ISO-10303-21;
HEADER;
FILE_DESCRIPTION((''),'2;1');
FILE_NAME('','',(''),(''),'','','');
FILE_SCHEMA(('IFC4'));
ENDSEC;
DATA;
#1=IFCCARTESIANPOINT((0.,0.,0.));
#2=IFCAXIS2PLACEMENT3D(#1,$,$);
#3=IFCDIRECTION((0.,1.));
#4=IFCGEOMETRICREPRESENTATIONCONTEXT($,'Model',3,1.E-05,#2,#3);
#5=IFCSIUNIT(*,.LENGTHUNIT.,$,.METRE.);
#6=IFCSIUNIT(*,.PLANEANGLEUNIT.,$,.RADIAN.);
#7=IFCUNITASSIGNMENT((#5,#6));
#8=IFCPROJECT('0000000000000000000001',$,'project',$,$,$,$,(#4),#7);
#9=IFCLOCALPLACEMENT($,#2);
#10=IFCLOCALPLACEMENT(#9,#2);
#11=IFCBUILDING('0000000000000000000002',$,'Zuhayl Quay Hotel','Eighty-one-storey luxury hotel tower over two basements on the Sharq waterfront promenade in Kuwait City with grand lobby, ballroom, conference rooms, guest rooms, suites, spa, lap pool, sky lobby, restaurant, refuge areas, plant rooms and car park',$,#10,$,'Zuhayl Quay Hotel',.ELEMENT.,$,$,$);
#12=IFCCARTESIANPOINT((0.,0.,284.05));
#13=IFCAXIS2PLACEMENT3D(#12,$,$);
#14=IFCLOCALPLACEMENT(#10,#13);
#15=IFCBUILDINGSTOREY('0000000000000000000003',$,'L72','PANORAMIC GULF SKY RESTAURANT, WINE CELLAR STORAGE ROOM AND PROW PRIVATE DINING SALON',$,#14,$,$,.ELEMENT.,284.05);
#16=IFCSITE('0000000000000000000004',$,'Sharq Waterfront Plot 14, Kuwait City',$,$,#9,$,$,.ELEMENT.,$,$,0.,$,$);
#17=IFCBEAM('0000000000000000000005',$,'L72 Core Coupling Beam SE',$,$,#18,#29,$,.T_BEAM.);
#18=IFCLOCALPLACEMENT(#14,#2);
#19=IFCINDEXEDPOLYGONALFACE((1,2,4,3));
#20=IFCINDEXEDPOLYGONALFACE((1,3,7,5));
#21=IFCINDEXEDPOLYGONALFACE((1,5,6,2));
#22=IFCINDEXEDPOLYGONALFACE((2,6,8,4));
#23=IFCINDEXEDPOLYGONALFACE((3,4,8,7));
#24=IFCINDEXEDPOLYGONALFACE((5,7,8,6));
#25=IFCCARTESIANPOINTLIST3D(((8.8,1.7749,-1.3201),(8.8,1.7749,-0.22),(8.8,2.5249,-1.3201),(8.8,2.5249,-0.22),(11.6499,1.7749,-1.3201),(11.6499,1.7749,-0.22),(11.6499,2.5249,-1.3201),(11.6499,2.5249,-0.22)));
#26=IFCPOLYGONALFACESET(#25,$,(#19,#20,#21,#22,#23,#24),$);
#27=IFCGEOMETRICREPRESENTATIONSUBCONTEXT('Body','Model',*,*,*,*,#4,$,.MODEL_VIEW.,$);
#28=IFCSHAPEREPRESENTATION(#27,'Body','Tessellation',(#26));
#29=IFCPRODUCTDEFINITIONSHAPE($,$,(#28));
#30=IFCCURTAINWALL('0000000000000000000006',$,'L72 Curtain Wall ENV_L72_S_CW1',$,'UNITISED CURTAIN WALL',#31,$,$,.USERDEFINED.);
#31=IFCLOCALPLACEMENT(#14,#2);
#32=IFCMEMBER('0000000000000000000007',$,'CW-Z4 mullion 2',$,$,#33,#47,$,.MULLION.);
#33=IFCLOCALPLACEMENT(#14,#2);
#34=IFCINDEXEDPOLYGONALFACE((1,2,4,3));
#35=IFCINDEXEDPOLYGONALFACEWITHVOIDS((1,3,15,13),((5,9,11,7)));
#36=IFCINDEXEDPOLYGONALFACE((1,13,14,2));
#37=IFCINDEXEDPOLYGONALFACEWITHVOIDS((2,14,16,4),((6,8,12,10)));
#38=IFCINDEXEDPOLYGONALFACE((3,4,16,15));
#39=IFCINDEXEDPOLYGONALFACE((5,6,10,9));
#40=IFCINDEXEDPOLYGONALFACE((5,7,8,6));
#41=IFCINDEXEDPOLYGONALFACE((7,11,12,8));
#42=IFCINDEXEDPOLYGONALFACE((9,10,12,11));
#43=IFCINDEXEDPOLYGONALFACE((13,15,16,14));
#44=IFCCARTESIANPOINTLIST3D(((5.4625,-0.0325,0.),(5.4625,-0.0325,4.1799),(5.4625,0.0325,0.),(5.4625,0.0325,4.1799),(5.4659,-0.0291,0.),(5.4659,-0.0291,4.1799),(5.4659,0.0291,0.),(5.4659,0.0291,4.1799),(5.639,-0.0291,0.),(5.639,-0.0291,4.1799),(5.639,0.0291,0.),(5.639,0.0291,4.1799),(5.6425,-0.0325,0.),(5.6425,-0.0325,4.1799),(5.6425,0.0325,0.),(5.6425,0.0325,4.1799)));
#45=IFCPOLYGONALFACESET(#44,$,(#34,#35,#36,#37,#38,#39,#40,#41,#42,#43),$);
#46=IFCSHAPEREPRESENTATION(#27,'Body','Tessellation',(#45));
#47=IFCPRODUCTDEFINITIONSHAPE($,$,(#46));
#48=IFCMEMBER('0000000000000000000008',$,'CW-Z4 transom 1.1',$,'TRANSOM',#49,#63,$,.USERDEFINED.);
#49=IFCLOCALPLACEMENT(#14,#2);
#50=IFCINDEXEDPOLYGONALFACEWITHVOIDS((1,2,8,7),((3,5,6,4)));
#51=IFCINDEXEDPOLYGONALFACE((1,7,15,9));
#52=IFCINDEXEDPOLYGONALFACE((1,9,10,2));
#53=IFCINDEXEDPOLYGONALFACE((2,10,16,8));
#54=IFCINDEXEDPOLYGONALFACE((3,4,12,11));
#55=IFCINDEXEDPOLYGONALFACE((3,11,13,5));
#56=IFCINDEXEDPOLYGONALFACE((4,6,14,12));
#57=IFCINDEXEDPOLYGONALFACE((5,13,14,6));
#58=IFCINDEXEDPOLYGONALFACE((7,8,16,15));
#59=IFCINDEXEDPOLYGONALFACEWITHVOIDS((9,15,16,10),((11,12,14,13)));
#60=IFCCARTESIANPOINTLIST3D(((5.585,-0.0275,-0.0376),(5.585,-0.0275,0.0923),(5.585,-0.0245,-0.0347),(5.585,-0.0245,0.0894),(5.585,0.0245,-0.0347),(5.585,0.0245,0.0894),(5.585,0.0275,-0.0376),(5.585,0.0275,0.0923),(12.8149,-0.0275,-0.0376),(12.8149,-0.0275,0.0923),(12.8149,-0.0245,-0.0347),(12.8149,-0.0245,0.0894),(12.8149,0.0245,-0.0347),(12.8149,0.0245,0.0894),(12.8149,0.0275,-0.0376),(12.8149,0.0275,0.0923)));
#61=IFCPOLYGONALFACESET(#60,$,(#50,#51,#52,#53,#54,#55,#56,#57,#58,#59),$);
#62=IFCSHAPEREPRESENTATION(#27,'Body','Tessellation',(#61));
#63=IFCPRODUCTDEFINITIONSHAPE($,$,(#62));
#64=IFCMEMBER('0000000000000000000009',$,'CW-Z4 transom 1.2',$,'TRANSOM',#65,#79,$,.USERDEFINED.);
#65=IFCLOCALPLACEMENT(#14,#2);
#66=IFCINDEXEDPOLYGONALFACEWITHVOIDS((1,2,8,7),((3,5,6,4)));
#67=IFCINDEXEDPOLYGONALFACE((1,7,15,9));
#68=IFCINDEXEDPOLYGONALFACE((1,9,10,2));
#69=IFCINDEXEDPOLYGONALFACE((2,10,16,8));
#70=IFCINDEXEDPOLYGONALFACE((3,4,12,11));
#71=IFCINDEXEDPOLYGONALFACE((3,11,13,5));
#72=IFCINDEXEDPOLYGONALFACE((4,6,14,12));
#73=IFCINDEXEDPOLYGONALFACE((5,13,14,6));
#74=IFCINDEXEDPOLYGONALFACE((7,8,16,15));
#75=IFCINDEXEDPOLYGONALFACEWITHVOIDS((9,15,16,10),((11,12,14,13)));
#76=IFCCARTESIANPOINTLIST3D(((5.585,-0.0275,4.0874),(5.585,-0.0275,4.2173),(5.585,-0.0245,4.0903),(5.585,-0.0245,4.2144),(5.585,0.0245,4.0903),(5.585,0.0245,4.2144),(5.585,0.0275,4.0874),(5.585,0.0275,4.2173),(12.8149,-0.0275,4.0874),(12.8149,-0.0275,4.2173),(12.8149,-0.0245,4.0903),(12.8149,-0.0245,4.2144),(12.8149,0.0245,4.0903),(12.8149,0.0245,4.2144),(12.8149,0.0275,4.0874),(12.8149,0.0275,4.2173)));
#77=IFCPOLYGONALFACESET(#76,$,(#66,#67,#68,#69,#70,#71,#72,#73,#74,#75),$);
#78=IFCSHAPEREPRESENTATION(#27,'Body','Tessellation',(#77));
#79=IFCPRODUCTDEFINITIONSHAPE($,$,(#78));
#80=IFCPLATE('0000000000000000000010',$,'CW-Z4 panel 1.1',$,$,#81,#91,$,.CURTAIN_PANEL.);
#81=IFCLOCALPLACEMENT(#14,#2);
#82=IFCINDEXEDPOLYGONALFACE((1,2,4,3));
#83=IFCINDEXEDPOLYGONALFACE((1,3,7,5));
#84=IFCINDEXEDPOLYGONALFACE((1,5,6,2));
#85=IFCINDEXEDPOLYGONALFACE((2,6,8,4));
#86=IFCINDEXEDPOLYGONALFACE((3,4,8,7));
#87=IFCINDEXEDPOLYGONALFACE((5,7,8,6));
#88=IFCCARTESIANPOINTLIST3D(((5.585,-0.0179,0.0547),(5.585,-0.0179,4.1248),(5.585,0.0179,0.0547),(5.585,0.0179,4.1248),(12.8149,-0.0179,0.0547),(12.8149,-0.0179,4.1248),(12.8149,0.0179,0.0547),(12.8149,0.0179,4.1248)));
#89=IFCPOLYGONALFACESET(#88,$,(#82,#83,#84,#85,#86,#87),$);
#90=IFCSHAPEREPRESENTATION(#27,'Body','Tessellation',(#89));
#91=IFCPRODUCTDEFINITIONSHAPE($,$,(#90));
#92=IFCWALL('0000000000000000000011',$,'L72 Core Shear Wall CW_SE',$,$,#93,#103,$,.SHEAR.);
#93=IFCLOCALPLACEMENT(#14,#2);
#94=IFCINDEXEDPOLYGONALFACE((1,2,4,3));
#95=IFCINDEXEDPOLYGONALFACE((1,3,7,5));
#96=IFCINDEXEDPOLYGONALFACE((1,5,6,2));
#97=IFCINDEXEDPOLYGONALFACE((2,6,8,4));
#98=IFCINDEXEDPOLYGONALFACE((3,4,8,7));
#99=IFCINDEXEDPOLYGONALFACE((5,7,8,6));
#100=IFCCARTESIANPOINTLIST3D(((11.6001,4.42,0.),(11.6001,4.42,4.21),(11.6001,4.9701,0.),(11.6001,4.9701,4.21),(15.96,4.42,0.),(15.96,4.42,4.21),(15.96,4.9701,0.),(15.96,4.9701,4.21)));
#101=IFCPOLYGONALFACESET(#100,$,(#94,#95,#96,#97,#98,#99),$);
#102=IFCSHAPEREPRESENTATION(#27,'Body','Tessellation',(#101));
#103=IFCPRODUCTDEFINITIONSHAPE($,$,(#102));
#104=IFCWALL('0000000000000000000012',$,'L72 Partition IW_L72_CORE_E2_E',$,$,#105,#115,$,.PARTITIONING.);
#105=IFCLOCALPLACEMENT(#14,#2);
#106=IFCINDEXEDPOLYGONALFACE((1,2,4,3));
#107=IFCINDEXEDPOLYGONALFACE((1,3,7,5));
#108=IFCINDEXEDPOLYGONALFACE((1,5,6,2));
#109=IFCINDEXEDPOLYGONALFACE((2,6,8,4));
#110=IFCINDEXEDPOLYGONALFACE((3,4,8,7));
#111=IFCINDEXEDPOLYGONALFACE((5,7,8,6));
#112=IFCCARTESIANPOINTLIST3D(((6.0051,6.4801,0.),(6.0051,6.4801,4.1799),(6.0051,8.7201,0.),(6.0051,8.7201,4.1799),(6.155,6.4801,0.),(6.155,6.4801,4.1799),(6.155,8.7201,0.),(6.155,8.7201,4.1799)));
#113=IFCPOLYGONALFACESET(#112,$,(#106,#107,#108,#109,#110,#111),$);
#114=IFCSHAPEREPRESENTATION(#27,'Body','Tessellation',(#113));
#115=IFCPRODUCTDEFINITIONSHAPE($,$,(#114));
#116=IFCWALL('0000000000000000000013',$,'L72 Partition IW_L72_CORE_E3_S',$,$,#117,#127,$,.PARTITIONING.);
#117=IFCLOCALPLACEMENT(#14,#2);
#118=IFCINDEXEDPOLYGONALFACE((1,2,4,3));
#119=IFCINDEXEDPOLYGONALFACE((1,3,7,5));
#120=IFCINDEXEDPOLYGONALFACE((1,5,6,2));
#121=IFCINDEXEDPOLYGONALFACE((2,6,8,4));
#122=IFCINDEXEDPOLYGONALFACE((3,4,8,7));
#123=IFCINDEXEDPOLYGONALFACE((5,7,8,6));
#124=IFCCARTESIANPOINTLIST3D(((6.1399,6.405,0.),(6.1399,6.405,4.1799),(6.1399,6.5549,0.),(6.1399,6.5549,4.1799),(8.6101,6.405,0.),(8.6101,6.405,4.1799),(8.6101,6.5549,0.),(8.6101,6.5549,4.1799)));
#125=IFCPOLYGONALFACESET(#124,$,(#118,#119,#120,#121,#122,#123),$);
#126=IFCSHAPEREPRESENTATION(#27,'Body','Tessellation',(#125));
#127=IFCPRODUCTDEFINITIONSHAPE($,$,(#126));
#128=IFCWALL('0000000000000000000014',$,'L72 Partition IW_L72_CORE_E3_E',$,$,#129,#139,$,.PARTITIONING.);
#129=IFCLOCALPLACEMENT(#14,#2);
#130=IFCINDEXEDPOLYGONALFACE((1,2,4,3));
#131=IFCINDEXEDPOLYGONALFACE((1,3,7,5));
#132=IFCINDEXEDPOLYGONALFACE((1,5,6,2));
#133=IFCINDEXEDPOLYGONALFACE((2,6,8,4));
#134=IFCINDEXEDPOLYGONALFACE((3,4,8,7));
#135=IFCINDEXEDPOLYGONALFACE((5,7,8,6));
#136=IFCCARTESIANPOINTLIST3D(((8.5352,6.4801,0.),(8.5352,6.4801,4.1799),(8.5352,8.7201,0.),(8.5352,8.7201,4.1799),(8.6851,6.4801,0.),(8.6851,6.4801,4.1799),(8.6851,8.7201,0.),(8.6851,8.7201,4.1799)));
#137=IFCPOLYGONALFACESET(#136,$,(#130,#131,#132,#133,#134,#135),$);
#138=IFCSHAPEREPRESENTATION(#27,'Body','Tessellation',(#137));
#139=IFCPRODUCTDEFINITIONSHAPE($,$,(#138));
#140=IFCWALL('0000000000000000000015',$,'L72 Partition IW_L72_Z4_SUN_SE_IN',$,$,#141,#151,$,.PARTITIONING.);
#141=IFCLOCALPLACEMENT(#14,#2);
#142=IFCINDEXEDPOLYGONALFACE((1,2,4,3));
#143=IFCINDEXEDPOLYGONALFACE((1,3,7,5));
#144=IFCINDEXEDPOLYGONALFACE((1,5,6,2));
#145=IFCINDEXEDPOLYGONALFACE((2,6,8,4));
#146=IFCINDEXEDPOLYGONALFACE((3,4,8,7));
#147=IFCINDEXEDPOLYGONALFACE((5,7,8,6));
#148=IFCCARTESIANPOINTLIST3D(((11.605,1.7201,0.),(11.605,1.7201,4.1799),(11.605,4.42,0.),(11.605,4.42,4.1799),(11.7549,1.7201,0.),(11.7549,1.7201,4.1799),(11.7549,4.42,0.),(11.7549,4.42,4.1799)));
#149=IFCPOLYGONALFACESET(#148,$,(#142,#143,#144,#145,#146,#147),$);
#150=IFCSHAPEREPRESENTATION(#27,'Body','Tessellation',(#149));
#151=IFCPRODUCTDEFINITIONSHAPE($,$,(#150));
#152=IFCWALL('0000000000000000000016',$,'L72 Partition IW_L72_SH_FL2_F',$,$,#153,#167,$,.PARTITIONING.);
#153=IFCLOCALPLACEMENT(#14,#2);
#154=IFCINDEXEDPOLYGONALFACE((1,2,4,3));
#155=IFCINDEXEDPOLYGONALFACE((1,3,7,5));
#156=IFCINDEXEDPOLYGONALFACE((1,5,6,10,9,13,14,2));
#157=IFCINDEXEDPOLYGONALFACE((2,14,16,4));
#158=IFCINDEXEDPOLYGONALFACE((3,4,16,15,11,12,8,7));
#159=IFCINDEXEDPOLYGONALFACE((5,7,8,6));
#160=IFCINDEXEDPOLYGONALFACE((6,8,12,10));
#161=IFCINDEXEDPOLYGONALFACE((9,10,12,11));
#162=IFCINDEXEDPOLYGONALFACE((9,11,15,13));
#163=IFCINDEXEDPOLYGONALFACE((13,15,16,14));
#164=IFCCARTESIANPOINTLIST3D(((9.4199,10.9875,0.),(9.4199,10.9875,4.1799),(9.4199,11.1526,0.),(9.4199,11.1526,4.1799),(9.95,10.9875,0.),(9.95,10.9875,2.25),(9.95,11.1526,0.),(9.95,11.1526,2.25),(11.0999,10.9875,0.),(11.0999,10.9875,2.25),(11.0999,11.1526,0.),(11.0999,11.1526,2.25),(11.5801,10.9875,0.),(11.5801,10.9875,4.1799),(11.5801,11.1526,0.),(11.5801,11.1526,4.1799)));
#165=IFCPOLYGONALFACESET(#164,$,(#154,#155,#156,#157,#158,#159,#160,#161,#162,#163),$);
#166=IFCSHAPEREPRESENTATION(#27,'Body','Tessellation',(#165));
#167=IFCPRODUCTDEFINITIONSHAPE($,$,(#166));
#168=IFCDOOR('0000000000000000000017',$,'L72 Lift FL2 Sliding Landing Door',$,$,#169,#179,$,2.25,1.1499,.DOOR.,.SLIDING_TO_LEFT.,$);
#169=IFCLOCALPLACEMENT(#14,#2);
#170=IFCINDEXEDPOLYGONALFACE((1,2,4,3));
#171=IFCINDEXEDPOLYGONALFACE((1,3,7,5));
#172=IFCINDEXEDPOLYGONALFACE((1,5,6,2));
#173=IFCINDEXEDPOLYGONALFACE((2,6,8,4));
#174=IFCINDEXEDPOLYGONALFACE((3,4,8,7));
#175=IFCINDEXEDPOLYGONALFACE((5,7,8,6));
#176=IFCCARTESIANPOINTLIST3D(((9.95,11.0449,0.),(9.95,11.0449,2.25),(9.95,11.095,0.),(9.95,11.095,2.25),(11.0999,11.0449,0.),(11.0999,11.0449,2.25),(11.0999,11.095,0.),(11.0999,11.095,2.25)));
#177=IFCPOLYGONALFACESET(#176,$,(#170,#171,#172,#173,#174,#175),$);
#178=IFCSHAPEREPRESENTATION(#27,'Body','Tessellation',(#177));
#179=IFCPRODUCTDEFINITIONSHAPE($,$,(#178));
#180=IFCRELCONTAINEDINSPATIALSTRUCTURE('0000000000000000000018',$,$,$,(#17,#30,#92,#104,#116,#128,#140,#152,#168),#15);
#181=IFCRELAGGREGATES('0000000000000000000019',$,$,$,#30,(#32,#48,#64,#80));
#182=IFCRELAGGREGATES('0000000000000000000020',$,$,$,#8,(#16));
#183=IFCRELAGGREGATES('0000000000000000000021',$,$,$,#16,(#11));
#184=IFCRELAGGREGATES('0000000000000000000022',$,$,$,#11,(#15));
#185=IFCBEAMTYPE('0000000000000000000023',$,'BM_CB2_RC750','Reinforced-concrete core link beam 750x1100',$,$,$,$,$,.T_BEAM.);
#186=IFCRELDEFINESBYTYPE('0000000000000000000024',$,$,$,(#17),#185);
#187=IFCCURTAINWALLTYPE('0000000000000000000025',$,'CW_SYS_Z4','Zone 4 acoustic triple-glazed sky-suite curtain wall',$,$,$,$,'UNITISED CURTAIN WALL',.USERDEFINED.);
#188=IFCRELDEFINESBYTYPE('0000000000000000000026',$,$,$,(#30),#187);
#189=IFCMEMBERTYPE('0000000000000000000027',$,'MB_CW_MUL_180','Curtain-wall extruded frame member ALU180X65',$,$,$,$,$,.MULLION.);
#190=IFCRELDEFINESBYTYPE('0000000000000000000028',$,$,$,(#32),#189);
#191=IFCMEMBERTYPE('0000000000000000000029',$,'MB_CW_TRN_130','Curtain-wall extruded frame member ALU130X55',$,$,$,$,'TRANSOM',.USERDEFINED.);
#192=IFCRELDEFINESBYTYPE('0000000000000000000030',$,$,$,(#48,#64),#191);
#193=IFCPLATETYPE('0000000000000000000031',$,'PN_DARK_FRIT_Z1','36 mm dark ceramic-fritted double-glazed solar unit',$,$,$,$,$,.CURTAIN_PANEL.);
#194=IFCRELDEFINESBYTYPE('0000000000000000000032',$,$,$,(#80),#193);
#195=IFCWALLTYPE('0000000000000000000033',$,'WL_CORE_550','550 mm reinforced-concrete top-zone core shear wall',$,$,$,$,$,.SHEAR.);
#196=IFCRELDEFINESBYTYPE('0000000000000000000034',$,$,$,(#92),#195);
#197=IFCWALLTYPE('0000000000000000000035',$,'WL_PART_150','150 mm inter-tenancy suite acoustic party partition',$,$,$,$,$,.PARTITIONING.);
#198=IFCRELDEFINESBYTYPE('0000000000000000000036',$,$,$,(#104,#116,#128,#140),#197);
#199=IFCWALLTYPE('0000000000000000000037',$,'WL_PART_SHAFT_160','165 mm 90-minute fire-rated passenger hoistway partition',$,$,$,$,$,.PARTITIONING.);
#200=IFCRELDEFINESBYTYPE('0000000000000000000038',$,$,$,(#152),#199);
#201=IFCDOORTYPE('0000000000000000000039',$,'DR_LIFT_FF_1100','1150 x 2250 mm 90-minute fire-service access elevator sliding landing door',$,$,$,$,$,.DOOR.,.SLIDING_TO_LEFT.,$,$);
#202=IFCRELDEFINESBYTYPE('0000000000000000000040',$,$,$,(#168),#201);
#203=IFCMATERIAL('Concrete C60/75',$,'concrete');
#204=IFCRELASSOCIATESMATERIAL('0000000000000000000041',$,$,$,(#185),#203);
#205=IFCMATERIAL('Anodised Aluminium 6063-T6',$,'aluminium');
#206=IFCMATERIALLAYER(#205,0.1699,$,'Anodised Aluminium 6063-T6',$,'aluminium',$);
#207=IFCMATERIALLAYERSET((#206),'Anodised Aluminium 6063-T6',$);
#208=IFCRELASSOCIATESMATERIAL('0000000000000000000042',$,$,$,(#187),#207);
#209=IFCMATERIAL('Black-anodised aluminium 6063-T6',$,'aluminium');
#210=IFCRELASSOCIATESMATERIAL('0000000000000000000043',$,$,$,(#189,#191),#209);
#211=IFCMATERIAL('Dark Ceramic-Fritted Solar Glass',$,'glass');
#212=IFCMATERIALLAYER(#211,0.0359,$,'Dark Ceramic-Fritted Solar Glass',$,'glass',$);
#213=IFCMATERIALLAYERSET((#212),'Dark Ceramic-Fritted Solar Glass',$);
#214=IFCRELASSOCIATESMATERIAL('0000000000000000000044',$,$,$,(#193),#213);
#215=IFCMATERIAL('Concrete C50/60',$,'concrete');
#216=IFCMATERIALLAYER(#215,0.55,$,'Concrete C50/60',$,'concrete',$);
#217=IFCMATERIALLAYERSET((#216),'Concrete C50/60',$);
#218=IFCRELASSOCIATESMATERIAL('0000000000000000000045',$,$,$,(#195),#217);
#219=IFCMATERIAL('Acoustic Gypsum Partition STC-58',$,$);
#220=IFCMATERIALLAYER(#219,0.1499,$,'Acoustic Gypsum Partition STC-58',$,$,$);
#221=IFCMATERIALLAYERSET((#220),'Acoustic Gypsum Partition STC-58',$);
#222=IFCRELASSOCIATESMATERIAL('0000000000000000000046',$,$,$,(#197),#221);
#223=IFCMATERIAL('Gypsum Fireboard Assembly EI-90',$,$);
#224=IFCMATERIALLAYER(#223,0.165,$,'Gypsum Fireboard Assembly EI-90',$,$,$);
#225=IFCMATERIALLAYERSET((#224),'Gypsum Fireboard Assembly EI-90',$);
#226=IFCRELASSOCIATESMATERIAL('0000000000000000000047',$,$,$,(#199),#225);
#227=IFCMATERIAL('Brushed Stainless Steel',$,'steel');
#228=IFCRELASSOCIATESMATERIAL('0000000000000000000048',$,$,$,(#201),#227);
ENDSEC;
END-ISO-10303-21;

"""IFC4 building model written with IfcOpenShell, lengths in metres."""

from ifc_helpers import new_model, si_unit, direction, frame, frame_2d, origin, origin_2d, place, context, subcontext, project, spatial, rectangle, hollow_rectangle, extrude, material, layer, layer_set, material_profile, profile_set, type_object, element, fill, aggregate, save


model = new_model("IFC4")

# Units and contexts
model_context = context("Model", 3, precision=1e-05, world=origin(), true_north=direction((0.0, 1.0)))
body_context = subcontext(model_context, "Body", "Model", "MODEL_VIEW")
ifc_project = project(units=[si_unit("LENGTHUNIT", "METRE"), si_unit("PLANEANGLEUNIT", "RADIAN")], contexts=[model_context])

# Site, building, storey
site_placement = place(None, origin())
site = spatial("IfcSite", under=ifc_project, at=site_placement, Name="Sharq Waterfront Plot 14, Kuwait City", CompositionType="ELEMENT", RefElevation=0.0)
building_placement = place(site_placement, origin())
building = spatial("IfcBuilding", under=site, at=building_placement, Name="Zuhayl Quay Hotel", Description="Eighty-one-storey luxury hotel tower over two basements on the Sharq waterfront promenade in Kuwait City with grand lobby, ballroom, conference rooms, guest rooms, suites, spa, lap pool, sky lobby, restaurant, refuge areas, plant rooms and car park", LongName="Zuhayl Quay Hotel", CompositionType="ELEMENT")
storey_placement = place(building_placement, frame((0.0, 0.0, 284.05)))
storey = spatial("IfcBuildingStorey", under=building, at=storey_placement, Name="L72", Description="PANORAMIC GULF SKY RESTAURANT, WINE CELLAR STORAGE ROOM AND PROW PRIVATE DINING SALON", CompositionType="ELEMENT", Elevation=284.05)

# Beam
ifc_material_1 = material(Name="Concrete C60/75", Category="concrete")
ifc_material_profile_1 = material_profile(ifc_material_1, rectangle(XDim=0.75, YDim=1.1001, at=origin_2d()), Name="RC750X1100")
ifc_profile_set_1 = profile_set([ifc_material_profile_1], Name="Concrete C60/75")
beam_type = type_object("IfcBeamType", Name="BM_CB2_RC750", Description="Reinforced-concrete core link beam 750x1100", PredefinedType="T_BEAM", material=ifc_profile_set_1)
beam_placement = place(storey_placement, frame((8.8, 2.1499, -0.77), z_axis=(1.0, 0.0, 0.0), x_axis=(0.0, 1.0, 0.0)))
element("IfcBeam", 1, at=beam_placement, inside=storey, type_object=beam_type, Name="L72 Core Coupling Beam SE", PredefinedType="T_BEAM", context=body_context, shape_type="SweptSolid", body=[
    extrude(rectangle(XDim=0.75, YDim=1.1001, at=origin_2d()), origin(), (0.0, 0.0, 1.0), 2.8499),
])

# Curtain wall, members, plate
ifc_material_2 = material(Name="Anodised Aluminium 6063-T6", Category="aluminium")
ifc_layer_1 = layer(ifc_material_2, 0.1699, Name="Anodised Aluminium 6063-T6", Category="aluminium")
ifc_layer_set_1 = layer_set([ifc_layer_1], Name="Anodised Aluminium 6063-T6")
curtain_wall_type = type_object("IfcCurtainWallType", Name="CW_SYS_Z4", Description="Zone 4 acoustic triple-glazed sky-suite curtain wall", ElementType="UNITISED CURTAIN WALL", PredefinedType="USERDEFINED", material=ifc_layer_set_1)
curtain_wall_placement = place(storey_placement, origin())
curtain_wall = element("IfcCurtainWall", 2, at=curtain_wall_placement, inside=storey, type_object=curtain_wall_type, Name="L72 Curtain Wall ENV_L72_S_CW1", ObjectType="UNITISED CURTAIN WALL", PredefinedType="USERDEFINED")
ifc_material_3 = material(Name="Black-anodised aluminium 6063-T6", Category="aluminium")
ifc_material_profile_2 = material_profile(ifc_material_3, hollow_rectangle(XDim=0.0649, YDim=0.1799, WallThickness=0.0034, at=origin_2d()), Name="ALU180X65")
ifc_profile_set_2 = profile_set([ifc_material_profile_2], Name="Black-anodised aluminium 6063-T6")
member_type_1 = type_object("IfcMemberType", Name="MB_CW_MUL_180", Description="Curtain-wall extruded frame member ALU180X65", PredefinedType="MULLION", material=ifc_profile_set_2)
member_1_placement = place(storey_placement, frame((5.5525, 0.0, 0.0), z_axis=(0.0, 0.0, 1.0), x_axis=(0.0, -1.0, 0.0)))
member_1 = element("IfcMember", 3, at=member_1_placement, type_object=member_type_1, Name="CW-Z4 mullion 2", PredefinedType="MULLION", context=body_context, shape_type="SweptSolid", body=[
    extrude(hollow_rectangle(XDim=0.0649, YDim=0.1799, WallThickness=0.0034, at=origin_2d()), origin(), (0.0, 0.0, 1.0), 4.1799),
])
ifc_material_profile_3 = material_profile(ifc_material_3, hollow_rectangle(XDim=0.0549, YDim=0.1299, WallThickness=0.0029, at=origin_2d()), Name="ALU130X55")
ifc_profile_set_3 = profile_set([ifc_material_profile_3], Name="Black-anodised aluminium 6063-T6")
member_type_2 = type_object("IfcMemberType", Name="MB_CW_TRN_130", Description="Curtain-wall extruded frame member ALU130X55", ElementType="TRANSOM", PredefinedType="USERDEFINED", material=ifc_profile_set_3)
member_2_placement = place(storey_placement, frame((12.8149, 0.0, 0.0273), z_axis=(-1.0, 0.0, 0.0), x_axis=(0.0, -1.0, 0.0)))
member_2 = element("IfcMember", 4, at=member_2_placement, type_object=member_type_2, Name="CW-Z4 transom 1.1", ObjectType="TRANSOM", PredefinedType="USERDEFINED", context=body_context, shape_type="SweptSolid", body=[
    extrude(hollow_rectangle(XDim=0.0549, YDim=0.1299, WallThickness=0.0029, at=origin_2d()), origin(), (0.0, 0.0, 1.0), 7.23),
])
member_3_placement = place(storey_placement, frame((12.8149, 0.0, 4.1523), z_axis=(-1.0, 0.0, 0.0), x_axis=(0.0, -1.0, 0.0)))
member_3 = element("IfcMember", 5, at=member_3_placement, type_object=member_type_2, Name="CW-Z4 transom 1.2", ObjectType="TRANSOM", PredefinedType="USERDEFINED", context=body_context, shape_type="SweptSolid", body=[
    extrude(hollow_rectangle(XDim=0.0549, YDim=0.1299, WallThickness=0.0029, at=origin_2d()), origin(), (0.0, 0.0, 1.0), 7.23),
])
ifc_material_4 = material(Name="Dark Ceramic-Fritted Solar Glass", Category="glass")
ifc_layer_2 = layer(ifc_material_4, 0.0359, Name="Dark Ceramic-Fritted Solar Glass", Category="glass")
ifc_layer_set_2 = layer_set([ifc_layer_2], Name="Dark Ceramic-Fritted Solar Glass")
plate_type = type_object("IfcPlateType", Name="PN_DARK_FRIT_Z1", Description="36 mm dark ceramic-fritted double-glazed solar unit", PredefinedType="CURTAIN_PANEL", material=ifc_layer_set_2)
plate_placement = place(storey_placement, frame((9.2, 0.0, 0.0547), z_axis=(0.0, 0.0, 1.0), x_axis=(-1.0, 0.0, 0.0)))
plate = element("IfcPlate", 6, at=plate_placement, type_object=plate_type, Name="CW-Z4 panel 1.1", PredefinedType="CURTAIN_PANEL", context=body_context, shape_type="SweptSolid", body=[
    extrude(rectangle(XDim=7.23, YDim=0.0359, at=origin_2d()), origin(), (0.0, 0.0, 1.0), 4.0701),
])
aggregate(curtain_wall, [member_1, member_2, member_3, plate])

# Wall
ifc_material_5 = material(Name="Concrete C50/60", Category="concrete")
ifc_layer_3 = layer(ifc_material_5, 0.55, Name="Concrete C50/60", Category="concrete")
ifc_layer_set_3 = layer_set([ifc_layer_3], Name="Concrete C50/60")
wall_type_1 = type_object("IfcWallType", Name="WL_CORE_550", Description="550 mm reinforced-concrete top-zone core shear wall", PredefinedType="SHEAR", material=ifc_layer_set_3)
wall_1_placement = place(storey_placement, frame((11.6001, 4.6951, 0.0), z_axis=(0.0, 0.0, 1.0), x_axis=(1.0, 0.0, 0.0)))
element("IfcWall", 7, at=wall_1_placement, inside=storey, type_object=wall_type_1, Name="L72 Core Shear Wall CW_SE", PredefinedType="SHEAR", context=body_context, shape_type="SweptSolid", body=[
    extrude(rectangle(XDim=4.3599, YDim=0.55, at=frame_2d((2.1799, 0.0))), origin(), (0.0, 0.0, 1.0), 4.21),
])

# Shared definitions
ifc_material_6 = material(Name="Acoustic Gypsum Partition STC-58")
ifc_layer_4 = layer(ifc_material_6, 0.1499, Name="Acoustic Gypsum Partition STC-58")
ifc_layer_set_4 = layer_set([ifc_layer_4], Name="Acoustic Gypsum Partition STC-58")
wall_type_2 = type_object("IfcWallType", Name="WL_PART_150", Description="150 mm inter-tenancy suite acoustic party partition", PredefinedType="PARTITIONING", material=ifc_layer_set_4)

# Walls
wall_2_placement = place(storey_placement, frame((6.0801, 6.48, 0.0), z_axis=(0.0, 0.0, 1.0), x_axis=(0.0, 1.0, 0.0)))
element("IfcWall", 8, at=wall_2_placement, inside=storey, type_object=wall_type_2, Name="L72 Partition IW_L72_CORE_E2_E", PredefinedType="PARTITIONING", context=body_context, shape_type="SweptSolid", body=[
    extrude(rectangle(XDim=2.24, YDim=0.1499, at=frame_2d((1.1201, 0.0))), origin(), (0.0, 0.0, 1.0), 4.1799),
])
wall_3_placement = place(storey_placement, frame((6.1399, 6.48, 0.0), z_axis=(0.0, 0.0, 1.0), x_axis=(1.0, 0.0, 0.0)))
element("IfcWall", 9, at=wall_3_placement, inside=storey, type_object=wall_type_2, Name="L72 Partition IW_L72_CORE_E3_S", PredefinedType="PARTITIONING", context=body_context, shape_type="SweptSolid", body=[
    extrude(rectangle(XDim=2.4702, YDim=0.1499, at=frame_2d((1.2351, 0.0))), origin(), (0.0, 0.0, 1.0), 4.1799),
])
wall_4_placement = place(storey_placement, frame((8.6101, 6.48, 0.0), z_axis=(0.0, 0.0, 1.0), x_axis=(0.0, 1.0, 0.0)))
element("IfcWall", 10, at=wall_4_placement, inside=storey, type_object=wall_type_2, Name="L72 Partition IW_L72_CORE_E3_E", PredefinedType="PARTITIONING", context=body_context, shape_type="SweptSolid", body=[
    extrude(rectangle(XDim=2.24, YDim=0.1499, at=frame_2d((1.1201, 0.0))), origin(), (0.0, 0.0, 1.0), 4.1799),
])
wall_5_placement = place(storey_placement, frame((11.6799, 1.72, 0.0), z_axis=(0.0, 0.0, 1.0), x_axis=(0.0, 1.0, 0.0)))
element("IfcWall", 11, at=wall_5_placement, inside=storey, type_object=wall_type_2, Name="L72 Partition IW_L72_Z4_SUN_SE_IN", PredefinedType="PARTITIONING", context=body_context, shape_type="SweptSolid", body=[
    extrude(rectangle(XDim=2.7, YDim=0.1499, at=frame_2d((1.3501, 0.0))), origin(), (0.0, 0.0, 1.0), 4.1799),
])

# Wall, opening, door
ifc_material_7 = material(Name="Gypsum Fireboard Assembly EI-90")
ifc_layer_5 = layer(ifc_material_7, 0.165, Name="Gypsum Fireboard Assembly EI-90")
ifc_layer_set_5 = layer_set([ifc_layer_5], Name="Gypsum Fireboard Assembly EI-90")
wall_type_3 = type_object("IfcWallType", Name="WL_PART_SHAFT_160", Description="165 mm 90-minute fire-rated passenger hoistway partition", PredefinedType="PARTITIONING", material=ifc_layer_set_5)
wall_6_placement = place(storey_placement, frame((9.4199, 11.0701, 0.0), z_axis=(0.0, 0.0, 1.0), x_axis=(1.0, 0.0, 0.0)))
wall_6 = element("IfcWall", 12, at=wall_6_placement, inside=storey, type_object=wall_type_3, Name="L72 Partition IW_L72_SH_FL2_F", PredefinedType="PARTITIONING", context=body_context, shape_type="SweptSolid", body=[
    extrude(rectangle(XDim=2.1602, YDim=0.165, at=frame_2d((1.0801, 0.0))), origin(), (0.0, 0.0, 1.0), 4.1799),
])
opening_1_placement = place(wall_6_placement, frame((0.53, 0.0, 0.0)))
opening_1 = element("IfcOpeningElement", 13, at=opening_1_placement, cuts=wall_6, PredefinedType="OPENING", context=body_context, shape_type="SweptSolid", body=[
    extrude(rectangle(XDim=1.1499, YDim=2.25, at=frame_2d((0.575, 1.125))), frame((0.0, 0.0925, 0.0), z_axis=(0.0, -1.0, 0.0), x_axis=(1.0, 0.0, 0.0)), (0.0, 0.0, 1.0), 0.1851),
])
ifc_material_8 = material(Name="Brushed Stainless Steel", Category="steel")
door_type_1 = type_object("IfcDoorType", Name="DR_LIFT_FF_1100", Description="1150 x 2250 mm 90-minute fire-service access elevator sliding landing door", OperationType="SLIDING_TO_LEFT", PredefinedType="DOOR", material=ifc_material_8)
door_1_placement = place(opening_1_placement, origin())
door_1 = element("IfcDoor", 14, at=door_1_placement, inside=storey, type_object=door_type_1, Name="L72 Lift FL2 Sliding Landing Door", OperationType="SLIDING_TO_LEFT", OverallHeight=2.25, OverallWidth=1.1499, PredefinedType="DOOR", context=body_context, shape_type="SweptSolid", body=[
    extrude(rectangle(XDim=1.1499, YDim=2.25, at=frame_2d((0.575, 1.125))), frame((0.0, 0.0249, 0.0), z_axis=(0.0, -1.0, 0.0), x_axis=(1.0, 0.0, 0.0)), (0.0, 0.0, 1.0), 0.05),
])
fill(opening_1, door_1)

save(model, "model.ifc")
